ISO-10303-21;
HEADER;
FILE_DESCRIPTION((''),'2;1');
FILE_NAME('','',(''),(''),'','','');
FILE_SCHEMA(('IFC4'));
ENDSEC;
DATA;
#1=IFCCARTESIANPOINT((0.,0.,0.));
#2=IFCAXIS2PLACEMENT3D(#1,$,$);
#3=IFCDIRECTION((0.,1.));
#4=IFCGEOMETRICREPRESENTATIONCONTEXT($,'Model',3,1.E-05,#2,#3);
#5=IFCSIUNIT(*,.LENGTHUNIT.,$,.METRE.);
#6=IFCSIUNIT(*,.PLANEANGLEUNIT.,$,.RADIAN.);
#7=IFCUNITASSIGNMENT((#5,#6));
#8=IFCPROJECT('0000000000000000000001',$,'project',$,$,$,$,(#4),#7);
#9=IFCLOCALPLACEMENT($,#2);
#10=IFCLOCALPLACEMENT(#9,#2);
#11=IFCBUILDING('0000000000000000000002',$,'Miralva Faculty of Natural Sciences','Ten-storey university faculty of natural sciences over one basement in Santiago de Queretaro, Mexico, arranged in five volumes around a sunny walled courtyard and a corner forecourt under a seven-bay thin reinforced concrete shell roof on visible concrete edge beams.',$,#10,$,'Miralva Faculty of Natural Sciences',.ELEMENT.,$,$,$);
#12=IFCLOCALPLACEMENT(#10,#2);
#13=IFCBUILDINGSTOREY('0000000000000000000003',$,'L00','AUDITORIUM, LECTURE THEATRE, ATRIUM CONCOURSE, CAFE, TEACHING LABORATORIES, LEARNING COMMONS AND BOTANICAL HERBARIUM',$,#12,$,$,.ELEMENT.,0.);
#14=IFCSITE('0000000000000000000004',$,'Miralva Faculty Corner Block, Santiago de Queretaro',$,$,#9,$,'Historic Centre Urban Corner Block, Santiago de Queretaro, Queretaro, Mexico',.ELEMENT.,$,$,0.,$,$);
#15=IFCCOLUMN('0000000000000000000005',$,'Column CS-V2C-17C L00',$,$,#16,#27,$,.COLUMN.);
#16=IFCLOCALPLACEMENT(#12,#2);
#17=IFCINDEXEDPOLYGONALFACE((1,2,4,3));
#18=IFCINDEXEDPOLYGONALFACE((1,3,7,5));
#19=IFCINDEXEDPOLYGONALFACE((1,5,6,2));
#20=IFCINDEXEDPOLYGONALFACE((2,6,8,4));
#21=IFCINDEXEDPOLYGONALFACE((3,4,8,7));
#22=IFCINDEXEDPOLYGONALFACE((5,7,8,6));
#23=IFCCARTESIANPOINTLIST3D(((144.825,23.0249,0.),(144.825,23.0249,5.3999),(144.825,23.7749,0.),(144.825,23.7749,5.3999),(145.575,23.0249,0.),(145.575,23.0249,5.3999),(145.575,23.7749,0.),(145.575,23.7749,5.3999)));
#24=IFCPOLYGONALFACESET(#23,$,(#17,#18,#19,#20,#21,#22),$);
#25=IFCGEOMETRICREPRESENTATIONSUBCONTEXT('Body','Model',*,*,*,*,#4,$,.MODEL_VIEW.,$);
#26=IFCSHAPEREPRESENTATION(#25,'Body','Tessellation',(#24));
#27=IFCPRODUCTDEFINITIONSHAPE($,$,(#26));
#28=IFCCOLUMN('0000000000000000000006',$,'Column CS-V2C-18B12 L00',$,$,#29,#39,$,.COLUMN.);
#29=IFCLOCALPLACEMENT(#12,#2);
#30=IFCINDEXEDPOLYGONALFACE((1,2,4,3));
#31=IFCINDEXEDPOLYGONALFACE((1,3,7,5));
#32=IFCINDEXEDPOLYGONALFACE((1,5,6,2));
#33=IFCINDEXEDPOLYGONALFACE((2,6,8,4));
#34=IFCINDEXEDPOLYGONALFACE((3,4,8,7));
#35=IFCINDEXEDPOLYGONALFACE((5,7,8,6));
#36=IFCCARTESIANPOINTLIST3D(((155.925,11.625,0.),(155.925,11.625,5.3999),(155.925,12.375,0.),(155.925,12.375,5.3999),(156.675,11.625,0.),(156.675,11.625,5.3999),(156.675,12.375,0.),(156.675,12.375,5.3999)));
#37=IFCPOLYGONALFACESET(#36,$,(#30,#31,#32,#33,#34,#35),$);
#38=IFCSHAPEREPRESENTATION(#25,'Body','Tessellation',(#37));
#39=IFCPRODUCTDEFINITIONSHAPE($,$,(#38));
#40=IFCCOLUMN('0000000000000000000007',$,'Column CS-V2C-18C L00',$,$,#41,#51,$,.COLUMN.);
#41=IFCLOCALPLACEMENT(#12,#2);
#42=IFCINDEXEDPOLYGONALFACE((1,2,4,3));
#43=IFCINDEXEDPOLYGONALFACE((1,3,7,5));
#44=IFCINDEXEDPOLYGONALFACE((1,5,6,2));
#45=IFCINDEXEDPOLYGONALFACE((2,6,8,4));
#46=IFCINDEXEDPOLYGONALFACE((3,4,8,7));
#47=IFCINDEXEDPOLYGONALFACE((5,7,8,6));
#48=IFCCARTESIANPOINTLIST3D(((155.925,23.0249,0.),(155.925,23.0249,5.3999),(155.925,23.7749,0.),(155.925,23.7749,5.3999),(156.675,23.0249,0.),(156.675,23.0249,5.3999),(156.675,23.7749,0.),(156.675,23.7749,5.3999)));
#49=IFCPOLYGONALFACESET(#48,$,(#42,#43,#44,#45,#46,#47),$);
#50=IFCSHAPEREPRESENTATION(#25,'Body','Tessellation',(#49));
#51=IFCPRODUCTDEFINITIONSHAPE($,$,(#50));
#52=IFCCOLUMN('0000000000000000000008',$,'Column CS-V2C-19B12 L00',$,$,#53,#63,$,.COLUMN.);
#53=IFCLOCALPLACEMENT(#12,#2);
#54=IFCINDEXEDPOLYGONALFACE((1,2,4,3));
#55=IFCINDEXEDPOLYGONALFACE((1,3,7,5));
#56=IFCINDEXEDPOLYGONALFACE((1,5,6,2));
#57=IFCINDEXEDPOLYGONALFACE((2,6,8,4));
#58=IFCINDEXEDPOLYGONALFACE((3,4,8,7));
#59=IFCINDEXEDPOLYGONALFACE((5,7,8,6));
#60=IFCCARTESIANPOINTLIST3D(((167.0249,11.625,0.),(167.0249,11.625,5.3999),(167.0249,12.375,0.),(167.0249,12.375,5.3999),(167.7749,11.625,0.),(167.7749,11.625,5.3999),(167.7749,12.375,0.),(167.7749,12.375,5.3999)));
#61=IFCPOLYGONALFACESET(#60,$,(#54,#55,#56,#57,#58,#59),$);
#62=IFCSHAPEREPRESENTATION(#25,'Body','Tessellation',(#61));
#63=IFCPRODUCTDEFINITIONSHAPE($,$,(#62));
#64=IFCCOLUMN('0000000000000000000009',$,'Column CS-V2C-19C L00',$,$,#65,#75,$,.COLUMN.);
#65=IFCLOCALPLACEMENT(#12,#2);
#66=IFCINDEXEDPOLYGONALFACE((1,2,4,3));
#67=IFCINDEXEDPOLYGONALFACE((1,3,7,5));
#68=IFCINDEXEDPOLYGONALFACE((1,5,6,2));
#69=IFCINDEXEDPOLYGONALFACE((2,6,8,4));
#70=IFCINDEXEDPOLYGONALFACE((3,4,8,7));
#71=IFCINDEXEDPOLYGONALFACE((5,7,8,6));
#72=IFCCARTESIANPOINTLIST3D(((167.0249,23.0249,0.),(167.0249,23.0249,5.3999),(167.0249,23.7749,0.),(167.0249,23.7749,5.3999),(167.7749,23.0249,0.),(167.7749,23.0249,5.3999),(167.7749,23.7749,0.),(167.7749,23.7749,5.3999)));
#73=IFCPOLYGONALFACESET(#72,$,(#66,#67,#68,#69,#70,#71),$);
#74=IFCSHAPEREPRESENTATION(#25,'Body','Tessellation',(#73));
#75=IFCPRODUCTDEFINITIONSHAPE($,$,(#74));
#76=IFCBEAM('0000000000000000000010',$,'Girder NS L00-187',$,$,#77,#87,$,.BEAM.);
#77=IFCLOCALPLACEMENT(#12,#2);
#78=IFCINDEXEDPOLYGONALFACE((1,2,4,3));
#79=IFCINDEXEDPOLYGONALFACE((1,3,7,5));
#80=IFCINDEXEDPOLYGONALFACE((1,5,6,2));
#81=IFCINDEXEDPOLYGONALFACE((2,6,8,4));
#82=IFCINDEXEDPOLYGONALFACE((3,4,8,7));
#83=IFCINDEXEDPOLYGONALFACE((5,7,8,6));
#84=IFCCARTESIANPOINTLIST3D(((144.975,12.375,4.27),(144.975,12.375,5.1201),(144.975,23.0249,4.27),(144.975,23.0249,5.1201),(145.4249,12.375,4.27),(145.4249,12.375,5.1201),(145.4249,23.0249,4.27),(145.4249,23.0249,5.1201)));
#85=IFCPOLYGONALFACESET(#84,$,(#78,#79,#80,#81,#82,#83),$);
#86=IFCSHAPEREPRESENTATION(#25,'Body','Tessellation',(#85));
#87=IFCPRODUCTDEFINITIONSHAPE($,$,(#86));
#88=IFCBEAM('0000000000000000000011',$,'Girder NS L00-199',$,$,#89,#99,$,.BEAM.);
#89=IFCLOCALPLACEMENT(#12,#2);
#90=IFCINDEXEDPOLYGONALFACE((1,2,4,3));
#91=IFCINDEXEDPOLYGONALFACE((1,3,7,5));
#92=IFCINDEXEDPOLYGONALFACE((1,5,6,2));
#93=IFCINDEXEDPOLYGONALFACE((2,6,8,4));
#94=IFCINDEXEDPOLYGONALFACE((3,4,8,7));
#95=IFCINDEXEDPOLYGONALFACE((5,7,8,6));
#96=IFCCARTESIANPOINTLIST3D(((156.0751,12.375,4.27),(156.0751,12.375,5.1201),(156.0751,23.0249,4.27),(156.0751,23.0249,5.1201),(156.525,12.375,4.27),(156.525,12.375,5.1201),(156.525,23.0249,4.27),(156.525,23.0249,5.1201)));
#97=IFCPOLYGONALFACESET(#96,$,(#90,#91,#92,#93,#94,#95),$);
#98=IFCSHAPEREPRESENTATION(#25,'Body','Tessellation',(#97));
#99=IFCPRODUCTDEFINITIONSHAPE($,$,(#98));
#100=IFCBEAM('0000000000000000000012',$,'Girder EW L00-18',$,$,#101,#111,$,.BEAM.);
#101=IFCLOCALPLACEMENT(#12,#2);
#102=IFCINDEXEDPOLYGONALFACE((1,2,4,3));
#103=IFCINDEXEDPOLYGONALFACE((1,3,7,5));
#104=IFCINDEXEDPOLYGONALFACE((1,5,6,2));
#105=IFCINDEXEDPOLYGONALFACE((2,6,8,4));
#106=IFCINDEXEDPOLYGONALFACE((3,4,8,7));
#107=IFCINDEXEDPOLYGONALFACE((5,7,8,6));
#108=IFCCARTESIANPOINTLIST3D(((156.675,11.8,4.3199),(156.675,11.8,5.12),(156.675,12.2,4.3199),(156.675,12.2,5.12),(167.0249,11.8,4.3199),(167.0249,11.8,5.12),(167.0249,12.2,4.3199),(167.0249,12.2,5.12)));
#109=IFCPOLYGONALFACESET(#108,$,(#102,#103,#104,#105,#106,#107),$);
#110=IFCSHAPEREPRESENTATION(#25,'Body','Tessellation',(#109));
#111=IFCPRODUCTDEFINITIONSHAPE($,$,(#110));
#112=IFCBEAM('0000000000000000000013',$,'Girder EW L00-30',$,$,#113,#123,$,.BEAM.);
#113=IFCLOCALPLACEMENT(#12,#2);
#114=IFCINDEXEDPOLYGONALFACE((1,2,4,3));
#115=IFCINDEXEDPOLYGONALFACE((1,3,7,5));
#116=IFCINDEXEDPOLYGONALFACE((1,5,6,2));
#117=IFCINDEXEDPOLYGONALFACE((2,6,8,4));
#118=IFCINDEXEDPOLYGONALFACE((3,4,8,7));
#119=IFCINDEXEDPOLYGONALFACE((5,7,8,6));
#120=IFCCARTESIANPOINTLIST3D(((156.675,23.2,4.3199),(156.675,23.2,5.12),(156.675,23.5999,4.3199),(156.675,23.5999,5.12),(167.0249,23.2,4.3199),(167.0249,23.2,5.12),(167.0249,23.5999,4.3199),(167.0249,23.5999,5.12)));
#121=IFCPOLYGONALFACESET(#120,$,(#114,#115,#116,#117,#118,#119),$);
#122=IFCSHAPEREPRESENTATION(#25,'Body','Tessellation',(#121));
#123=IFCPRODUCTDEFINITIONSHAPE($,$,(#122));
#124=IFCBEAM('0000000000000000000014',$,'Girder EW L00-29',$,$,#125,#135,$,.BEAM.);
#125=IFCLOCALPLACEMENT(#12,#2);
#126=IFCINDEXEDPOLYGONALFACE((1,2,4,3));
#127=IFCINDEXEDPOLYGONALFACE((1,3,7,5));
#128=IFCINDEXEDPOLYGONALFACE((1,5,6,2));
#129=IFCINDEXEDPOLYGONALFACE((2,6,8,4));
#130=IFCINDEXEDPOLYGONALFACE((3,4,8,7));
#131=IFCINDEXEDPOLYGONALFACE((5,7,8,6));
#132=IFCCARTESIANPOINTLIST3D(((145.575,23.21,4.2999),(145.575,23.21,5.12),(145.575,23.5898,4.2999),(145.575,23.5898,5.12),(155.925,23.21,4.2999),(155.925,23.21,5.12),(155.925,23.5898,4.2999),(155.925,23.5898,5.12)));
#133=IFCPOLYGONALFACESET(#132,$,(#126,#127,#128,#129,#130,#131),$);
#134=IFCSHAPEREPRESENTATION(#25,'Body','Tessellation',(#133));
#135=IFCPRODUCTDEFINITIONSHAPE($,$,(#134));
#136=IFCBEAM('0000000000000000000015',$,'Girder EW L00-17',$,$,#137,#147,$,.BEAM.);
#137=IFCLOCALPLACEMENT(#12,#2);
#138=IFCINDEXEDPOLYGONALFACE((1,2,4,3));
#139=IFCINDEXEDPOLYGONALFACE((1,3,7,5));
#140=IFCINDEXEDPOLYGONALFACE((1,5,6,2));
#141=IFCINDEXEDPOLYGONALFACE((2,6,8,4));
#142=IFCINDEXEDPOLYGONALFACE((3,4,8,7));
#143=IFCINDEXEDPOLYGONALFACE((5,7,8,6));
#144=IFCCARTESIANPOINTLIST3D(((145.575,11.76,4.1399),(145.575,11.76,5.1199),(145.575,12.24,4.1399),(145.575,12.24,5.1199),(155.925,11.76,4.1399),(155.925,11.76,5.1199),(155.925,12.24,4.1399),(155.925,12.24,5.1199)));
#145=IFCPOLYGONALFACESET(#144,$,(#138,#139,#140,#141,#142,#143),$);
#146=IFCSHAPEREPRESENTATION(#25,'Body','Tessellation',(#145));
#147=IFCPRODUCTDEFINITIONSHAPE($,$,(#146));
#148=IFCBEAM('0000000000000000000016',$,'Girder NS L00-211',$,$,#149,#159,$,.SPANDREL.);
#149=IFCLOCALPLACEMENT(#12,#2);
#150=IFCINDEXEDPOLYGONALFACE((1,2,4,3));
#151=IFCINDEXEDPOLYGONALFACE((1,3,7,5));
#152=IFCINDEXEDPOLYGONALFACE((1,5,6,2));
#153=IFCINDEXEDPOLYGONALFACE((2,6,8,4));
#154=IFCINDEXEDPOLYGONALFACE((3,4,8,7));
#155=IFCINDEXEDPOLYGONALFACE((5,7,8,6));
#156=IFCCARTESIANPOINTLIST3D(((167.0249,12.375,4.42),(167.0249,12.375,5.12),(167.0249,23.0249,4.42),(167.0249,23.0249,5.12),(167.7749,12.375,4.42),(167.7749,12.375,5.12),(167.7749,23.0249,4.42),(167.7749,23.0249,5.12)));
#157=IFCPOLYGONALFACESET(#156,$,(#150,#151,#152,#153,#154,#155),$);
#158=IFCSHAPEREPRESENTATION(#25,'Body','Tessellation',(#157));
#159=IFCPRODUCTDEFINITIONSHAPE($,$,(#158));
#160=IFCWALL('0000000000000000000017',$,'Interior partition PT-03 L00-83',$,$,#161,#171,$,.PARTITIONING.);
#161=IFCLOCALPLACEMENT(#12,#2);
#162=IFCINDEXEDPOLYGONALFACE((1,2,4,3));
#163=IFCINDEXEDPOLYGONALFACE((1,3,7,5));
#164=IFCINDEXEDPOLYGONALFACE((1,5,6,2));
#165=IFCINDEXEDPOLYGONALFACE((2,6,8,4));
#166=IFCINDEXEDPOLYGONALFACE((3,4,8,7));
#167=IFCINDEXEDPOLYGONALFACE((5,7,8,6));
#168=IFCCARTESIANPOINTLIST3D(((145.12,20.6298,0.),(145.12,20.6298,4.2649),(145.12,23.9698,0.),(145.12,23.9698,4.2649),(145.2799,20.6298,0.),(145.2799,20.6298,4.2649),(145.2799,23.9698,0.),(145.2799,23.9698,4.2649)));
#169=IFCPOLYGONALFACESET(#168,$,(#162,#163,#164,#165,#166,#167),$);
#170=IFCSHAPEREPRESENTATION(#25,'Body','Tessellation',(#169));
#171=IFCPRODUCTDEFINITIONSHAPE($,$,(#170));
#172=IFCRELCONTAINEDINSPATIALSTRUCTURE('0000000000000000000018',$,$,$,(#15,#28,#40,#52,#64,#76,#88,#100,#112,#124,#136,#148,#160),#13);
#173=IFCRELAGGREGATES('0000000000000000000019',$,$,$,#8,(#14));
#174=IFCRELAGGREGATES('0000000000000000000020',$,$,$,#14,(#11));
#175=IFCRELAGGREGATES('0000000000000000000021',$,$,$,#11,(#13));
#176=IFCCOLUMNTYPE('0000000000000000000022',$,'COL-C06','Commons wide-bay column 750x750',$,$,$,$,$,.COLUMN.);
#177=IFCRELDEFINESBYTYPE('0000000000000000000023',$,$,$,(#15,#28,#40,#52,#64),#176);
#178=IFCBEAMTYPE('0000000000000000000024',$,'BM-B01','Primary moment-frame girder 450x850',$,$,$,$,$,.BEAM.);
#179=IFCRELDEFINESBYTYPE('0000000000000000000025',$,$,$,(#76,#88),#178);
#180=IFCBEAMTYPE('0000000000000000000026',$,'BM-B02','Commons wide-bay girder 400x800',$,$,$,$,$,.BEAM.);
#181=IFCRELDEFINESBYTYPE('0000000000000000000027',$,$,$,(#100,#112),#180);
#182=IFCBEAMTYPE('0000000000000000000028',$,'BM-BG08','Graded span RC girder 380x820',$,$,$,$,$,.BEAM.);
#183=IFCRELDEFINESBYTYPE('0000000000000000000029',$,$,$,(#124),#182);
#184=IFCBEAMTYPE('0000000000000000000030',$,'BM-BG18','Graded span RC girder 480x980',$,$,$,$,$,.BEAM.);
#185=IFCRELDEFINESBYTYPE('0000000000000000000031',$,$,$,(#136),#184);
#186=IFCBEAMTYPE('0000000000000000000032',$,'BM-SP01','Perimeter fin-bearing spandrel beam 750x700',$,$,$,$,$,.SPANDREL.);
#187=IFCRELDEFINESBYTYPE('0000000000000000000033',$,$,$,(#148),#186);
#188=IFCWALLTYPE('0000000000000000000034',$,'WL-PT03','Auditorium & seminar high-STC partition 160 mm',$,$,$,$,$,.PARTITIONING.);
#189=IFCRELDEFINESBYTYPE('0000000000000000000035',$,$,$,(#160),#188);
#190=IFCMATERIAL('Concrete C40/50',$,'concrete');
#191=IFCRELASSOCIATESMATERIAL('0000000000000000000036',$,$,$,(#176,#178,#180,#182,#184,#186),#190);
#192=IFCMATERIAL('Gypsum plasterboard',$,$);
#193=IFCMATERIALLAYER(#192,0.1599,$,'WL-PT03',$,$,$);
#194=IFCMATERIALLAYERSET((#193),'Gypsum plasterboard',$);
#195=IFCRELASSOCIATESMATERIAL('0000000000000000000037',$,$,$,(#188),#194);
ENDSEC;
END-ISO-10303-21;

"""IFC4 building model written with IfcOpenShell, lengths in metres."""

from ifc_helpers import new_model, si_unit, direction, frame, frame_2d, origin, origin_2d, place, context, subcontext, project, spatial, rectangle, extrude, material, layer, layer_set, material_profile, profile_set, type_object, element, save


model = new_model("IFC4")

# Units and contexts
model_context = context("Model", 3, precision=1e-05, world=origin(), true_north=direction((0.0, 1.0)))
body_context = subcontext(model_context, "Body", "Model", "MODEL_VIEW")
ifc_project = project(units=[si_unit("LENGTHUNIT", "METRE"), si_unit("PLANEANGLEUNIT", "RADIAN")], contexts=[model_context])

# Site, building, storey
site_placement = place(None, origin())
site = spatial("IfcSite", under=ifc_project, at=site_placement, Name="Miralva Faculty Corner Block, Santiago de Queretaro", LongName="Historic Centre Urban Corner Block, Santiago de Queretaro, Queretaro, Mexico", CompositionType="ELEMENT", RefElevation=0.0)
building_placement = place(site_placement, origin())
building = spatial("IfcBuilding", under=site, at=building_placement, Name="Miralva Faculty of Natural Sciences", Description="Ten-storey university faculty of natural sciences over one basement in Santiago de Queretaro, Mexico, arranged in five volumes around a sunny walled courtyard and a corner forecourt under a seven-bay thin reinforced concrete shell roof on visible concrete edge beams.", LongName="Miralva Faculty of Natural Sciences", CompositionType="ELEMENT")
storey_placement = place(building_placement, origin())
storey = spatial("IfcBuildingStorey", under=building, at=storey_placement, Name="L00", Description="AUDITORIUM, LECTURE THEATRE, ATRIUM CONCOURSE, CAFE, TEACHING LABORATORIES, LEARNING COMMONS AND BOTANICAL HERBARIUM", CompositionType="ELEMENT", Elevation=0.0)

# Columns
ifc_material_1 = material(Name="Concrete C40/50", Category="concrete")
ifc_material_profile_1 = material_profile(ifc_material_1, rectangle(XDim=0.75, YDim=0.75, at=origin_2d()), Name="RC 750x750")
ifc_profile_set_1 = profile_set([ifc_material_profile_1], Name="Concrete C40/50")
column_type = type_object("IfcColumnType", Name="COL-C06", Description="Commons wide-bay column 750x750", PredefinedType="COLUMN", material=ifc_profile_set_1)
for number, where, z_axis, x_axis, name in (
    (1, (145.2, 23.3999, 0.0), (0.0, 0.0, 1.0), (1.0, 0.0, 0.0), "Column CS-V2C-17C L00"),
    (2, (156.3, 12.0, 0.0), (0.0, 0.0, 1.0), (1.0, 0.0, 0.0), "Column CS-V2C-18B12 L00"),
    (3, (156.3, 23.3999, 0.0), (0.0, 0.0, 1.0), (1.0, 0.0, 0.0), "Column CS-V2C-18C L00"),
    (4, (167.3999, 12.0, 0.0), (0.0, 0.0, 1.0), (1.0, 0.0, 0.0), "Column CS-V2C-19B12 L00"),
    (5, (167.3999, 23.3999, 0.0), (0.0, 0.0, 1.0), (1.0, 0.0, 0.0), "Column CS-V2C-19C L00"),
):
    element("IfcColumn", number, at=place(storey_placement, frame(where, z_axis=z_axis, x_axis=x_axis)), inside=storey, type_object=column_type, Name=name, PredefinedType="COLUMN", context=body_context, shape_type="SweptSolid", body=[
        extrude(rectangle(XDim=0.75, YDim=0.75, at=origin_2d()), origin(), (0.0, 0.0, 1.0), 5.3999),
    ])

# Beams
ifc_material_profile_2 = material_profile(ifc_material_1, rectangle(XDim=0.45, YDim=0.8501, at=origin_2d()), Name="RC 450x850")
ifc_profile_set_2 = profile_set([ifc_material_profile_2], Name="Concrete C40/50")
beam_type_1 = type_object("IfcBeamType", Name="BM-B01", Description="Primary moment-frame girder 450x850", PredefinedType="BEAM", material=ifc_profile_set_2)
for number, where, z_axis, x_axis, name in (
    (6, (145.2, 12.375, 4.6951), (0.0, 1.0, 0.0), (-1.0, 0.0, 0.0), "Girder NS L00-187"),
    (7, (156.3, 12.375, 4.6951), (0.0, 1.0, 0.0), (-1.0, 0.0, 0.0), "Girder NS L00-199"),
):
    element("IfcBeam", number, at=place(storey_placement, frame(where, z_axis=z_axis, x_axis=x_axis)), inside=storey, type_object=beam_type_1, Name=name, PredefinedType="BEAM", context=body_context, shape_type="SweptSolid", body=[
        extrude(rectangle(XDim=0.45, YDim=0.8501, at=origin_2d()), origin(), (0.0, 0.0, 1.0), 10.6499),
    ])
ifc_material_profile_3 = material_profile(ifc_material_1, rectangle(XDim=0.3999, YDim=0.8, at=origin_2d()), Name="RC 400x800")
ifc_profile_set_3 = profile_set([ifc_material_profile_3], Name="Concrete C40/50")
beam_type_2 = type_object("IfcBeamType", Name="BM-B02", Description="Commons wide-bay girder 400x800", PredefinedType="BEAM", material=ifc_profile_set_3)
for number, where, z_axis, x_axis, name in (
    (8, (156.675, 12.0, 4.72), (1.0, 0.0, 0.0), (0.0, 1.0, 0.0), "Girder EW L00-18"),
    (9, (156.675, 23.3999, 4.72), (1.0, 0.0, 0.0), (0.0, 1.0, 0.0), "Girder EW L00-30"),
):
    element("IfcBeam", number, at=place(storey_placement, frame(where, z_axis=z_axis, x_axis=x_axis)), inside=storey, type_object=beam_type_2, Name=name, PredefinedType="BEAM", context=body_context, shape_type="SweptSolid", body=[
        extrude(rectangle(XDim=0.3999, YDim=0.8, at=origin_2d()), origin(), (0.0, 0.0, 1.0), 10.3499),
    ])
ifc_material_profile_4 = material_profile(ifc_material_1, rectangle(XDim=0.3799, YDim=0.8201, at=origin_2d()), Name="RC 380x820")
ifc_profile_set_4 = profile_set([ifc_material_profile_4], Name="Concrete C40/50")
beam_type_3 = type_object("IfcBeamType", Name="BM-BG08", Description="Graded span RC girder 380x820", PredefinedType="BEAM", material=ifc_profile_set_4)
beam_1_placement = place(storey_placement, frame((145.575, 23.3999, 4.71), z_axis=(1.0, 0.0, 0.0), x_axis=(0.0, 1.0, 0.0)))
element("IfcBeam", 10, at=beam_1_placement, inside=storey, type_object=beam_type_3, Name="Girder EW L00-29", PredefinedType="BEAM", context=body_context, shape_type="SweptSolid", body=[
    extrude(rectangle(XDim=0.3799, YDim=0.8201, at=origin_2d()), origin(), (0.0, 0.0, 1.0), 10.3501),
])
ifc_material_profile_5 = material_profile(ifc_material_1, rectangle(XDim=0.48, YDim=0.98, at=origin_2d()), Name="RC 480x980")
ifc_profile_set_5 = profile_set([ifc_material_profile_5], Name="Concrete C40/50")
beam_type_4 = type_object("IfcBeamType", Name="BM-BG18", Description="Graded span RC girder 480x980", PredefinedType="BEAM", material=ifc_profile_set_5)
beam_2_placement = place(storey_placement, frame((145.575, 12.0, 4.6299), z_axis=(1.0, 0.0, 0.0), x_axis=(0.0, 1.0, 0.0)))
element("IfcBeam", 11, at=beam_2_placement, inside=storey, type_object=beam_type_4, Name="Girder EW L00-17", PredefinedType="BEAM", context=body_context, shape_type="SweptSolid", body=[
    extrude(rectangle(XDim=0.48, YDim=0.98, at=origin_2d()), origin(), (0.0, 0.0, 1.0), 10.3501),
])
ifc_material_profile_6 = material_profile(ifc_material_1, rectangle(XDim=0.75, YDim=0.7, at=origin_2d()), Name="RC 750x700")
ifc_profile_set_6 = profile_set([ifc_material_profile_6], Name="Concrete C40/50")
beam_type_5 = type_object("IfcBeamType", Name="BM-SP01", Description="Perimeter fin-bearing spandrel beam 750x700", PredefinedType="SPANDREL", material=ifc_profile_set_6)
beam_3_placement = place(storey_placement, frame((167.3999, 12.375, 4.77), z_axis=(0.0, 1.0, 0.0), x_axis=(-1.0, 0.0, 0.0)))
element("IfcBeam", 12, at=beam_3_placement, inside=storey, type_object=beam_type_5, Name="Girder NS L00-211", PredefinedType="SPANDREL", context=body_context, shape_type="SweptSolid", body=[
    extrude(rectangle(XDim=0.75, YDim=0.7, at=origin_2d()), origin(), (0.0, 0.0, 1.0), 10.6499),
])

# Wall
ifc_material_2 = material(Name="Gypsum plasterboard")
ifc_layer_1 = layer(ifc_material_2, 0.1599, Name="WL-PT03")
ifc_layer_set_1 = layer_set([ifc_layer_1], Name="Gypsum plasterboard")
wall_type_1 = type_object("IfcWallType", Name="WL-PT03", Description="Auditorium & seminar high-STC partition 160 mm", PredefinedType="PARTITIONING", material=ifc_layer_set_1)
wall_1_placement = place(storey_placement, frame((145.2, 20.6299, 0.0), z_axis=(0.0, 0.0, 1.0), x_axis=(0.0, 1.0, 0.0)))
element("IfcWall", 13, at=wall_1_placement, inside=storey, type_object=wall_type_1, Name="Interior partition PT-03 L00-83", PredefinedType="PARTITIONING", context=body_context, shape_type="SweptSolid", body=[
    extrude(rectangle(XDim=3.3401, YDim=0.1599, at=frame_2d((1.6699, 0.0))), origin(), (0.0, 0.0, 1.0), 4.2649),
])

save(model, "model.ifc")
